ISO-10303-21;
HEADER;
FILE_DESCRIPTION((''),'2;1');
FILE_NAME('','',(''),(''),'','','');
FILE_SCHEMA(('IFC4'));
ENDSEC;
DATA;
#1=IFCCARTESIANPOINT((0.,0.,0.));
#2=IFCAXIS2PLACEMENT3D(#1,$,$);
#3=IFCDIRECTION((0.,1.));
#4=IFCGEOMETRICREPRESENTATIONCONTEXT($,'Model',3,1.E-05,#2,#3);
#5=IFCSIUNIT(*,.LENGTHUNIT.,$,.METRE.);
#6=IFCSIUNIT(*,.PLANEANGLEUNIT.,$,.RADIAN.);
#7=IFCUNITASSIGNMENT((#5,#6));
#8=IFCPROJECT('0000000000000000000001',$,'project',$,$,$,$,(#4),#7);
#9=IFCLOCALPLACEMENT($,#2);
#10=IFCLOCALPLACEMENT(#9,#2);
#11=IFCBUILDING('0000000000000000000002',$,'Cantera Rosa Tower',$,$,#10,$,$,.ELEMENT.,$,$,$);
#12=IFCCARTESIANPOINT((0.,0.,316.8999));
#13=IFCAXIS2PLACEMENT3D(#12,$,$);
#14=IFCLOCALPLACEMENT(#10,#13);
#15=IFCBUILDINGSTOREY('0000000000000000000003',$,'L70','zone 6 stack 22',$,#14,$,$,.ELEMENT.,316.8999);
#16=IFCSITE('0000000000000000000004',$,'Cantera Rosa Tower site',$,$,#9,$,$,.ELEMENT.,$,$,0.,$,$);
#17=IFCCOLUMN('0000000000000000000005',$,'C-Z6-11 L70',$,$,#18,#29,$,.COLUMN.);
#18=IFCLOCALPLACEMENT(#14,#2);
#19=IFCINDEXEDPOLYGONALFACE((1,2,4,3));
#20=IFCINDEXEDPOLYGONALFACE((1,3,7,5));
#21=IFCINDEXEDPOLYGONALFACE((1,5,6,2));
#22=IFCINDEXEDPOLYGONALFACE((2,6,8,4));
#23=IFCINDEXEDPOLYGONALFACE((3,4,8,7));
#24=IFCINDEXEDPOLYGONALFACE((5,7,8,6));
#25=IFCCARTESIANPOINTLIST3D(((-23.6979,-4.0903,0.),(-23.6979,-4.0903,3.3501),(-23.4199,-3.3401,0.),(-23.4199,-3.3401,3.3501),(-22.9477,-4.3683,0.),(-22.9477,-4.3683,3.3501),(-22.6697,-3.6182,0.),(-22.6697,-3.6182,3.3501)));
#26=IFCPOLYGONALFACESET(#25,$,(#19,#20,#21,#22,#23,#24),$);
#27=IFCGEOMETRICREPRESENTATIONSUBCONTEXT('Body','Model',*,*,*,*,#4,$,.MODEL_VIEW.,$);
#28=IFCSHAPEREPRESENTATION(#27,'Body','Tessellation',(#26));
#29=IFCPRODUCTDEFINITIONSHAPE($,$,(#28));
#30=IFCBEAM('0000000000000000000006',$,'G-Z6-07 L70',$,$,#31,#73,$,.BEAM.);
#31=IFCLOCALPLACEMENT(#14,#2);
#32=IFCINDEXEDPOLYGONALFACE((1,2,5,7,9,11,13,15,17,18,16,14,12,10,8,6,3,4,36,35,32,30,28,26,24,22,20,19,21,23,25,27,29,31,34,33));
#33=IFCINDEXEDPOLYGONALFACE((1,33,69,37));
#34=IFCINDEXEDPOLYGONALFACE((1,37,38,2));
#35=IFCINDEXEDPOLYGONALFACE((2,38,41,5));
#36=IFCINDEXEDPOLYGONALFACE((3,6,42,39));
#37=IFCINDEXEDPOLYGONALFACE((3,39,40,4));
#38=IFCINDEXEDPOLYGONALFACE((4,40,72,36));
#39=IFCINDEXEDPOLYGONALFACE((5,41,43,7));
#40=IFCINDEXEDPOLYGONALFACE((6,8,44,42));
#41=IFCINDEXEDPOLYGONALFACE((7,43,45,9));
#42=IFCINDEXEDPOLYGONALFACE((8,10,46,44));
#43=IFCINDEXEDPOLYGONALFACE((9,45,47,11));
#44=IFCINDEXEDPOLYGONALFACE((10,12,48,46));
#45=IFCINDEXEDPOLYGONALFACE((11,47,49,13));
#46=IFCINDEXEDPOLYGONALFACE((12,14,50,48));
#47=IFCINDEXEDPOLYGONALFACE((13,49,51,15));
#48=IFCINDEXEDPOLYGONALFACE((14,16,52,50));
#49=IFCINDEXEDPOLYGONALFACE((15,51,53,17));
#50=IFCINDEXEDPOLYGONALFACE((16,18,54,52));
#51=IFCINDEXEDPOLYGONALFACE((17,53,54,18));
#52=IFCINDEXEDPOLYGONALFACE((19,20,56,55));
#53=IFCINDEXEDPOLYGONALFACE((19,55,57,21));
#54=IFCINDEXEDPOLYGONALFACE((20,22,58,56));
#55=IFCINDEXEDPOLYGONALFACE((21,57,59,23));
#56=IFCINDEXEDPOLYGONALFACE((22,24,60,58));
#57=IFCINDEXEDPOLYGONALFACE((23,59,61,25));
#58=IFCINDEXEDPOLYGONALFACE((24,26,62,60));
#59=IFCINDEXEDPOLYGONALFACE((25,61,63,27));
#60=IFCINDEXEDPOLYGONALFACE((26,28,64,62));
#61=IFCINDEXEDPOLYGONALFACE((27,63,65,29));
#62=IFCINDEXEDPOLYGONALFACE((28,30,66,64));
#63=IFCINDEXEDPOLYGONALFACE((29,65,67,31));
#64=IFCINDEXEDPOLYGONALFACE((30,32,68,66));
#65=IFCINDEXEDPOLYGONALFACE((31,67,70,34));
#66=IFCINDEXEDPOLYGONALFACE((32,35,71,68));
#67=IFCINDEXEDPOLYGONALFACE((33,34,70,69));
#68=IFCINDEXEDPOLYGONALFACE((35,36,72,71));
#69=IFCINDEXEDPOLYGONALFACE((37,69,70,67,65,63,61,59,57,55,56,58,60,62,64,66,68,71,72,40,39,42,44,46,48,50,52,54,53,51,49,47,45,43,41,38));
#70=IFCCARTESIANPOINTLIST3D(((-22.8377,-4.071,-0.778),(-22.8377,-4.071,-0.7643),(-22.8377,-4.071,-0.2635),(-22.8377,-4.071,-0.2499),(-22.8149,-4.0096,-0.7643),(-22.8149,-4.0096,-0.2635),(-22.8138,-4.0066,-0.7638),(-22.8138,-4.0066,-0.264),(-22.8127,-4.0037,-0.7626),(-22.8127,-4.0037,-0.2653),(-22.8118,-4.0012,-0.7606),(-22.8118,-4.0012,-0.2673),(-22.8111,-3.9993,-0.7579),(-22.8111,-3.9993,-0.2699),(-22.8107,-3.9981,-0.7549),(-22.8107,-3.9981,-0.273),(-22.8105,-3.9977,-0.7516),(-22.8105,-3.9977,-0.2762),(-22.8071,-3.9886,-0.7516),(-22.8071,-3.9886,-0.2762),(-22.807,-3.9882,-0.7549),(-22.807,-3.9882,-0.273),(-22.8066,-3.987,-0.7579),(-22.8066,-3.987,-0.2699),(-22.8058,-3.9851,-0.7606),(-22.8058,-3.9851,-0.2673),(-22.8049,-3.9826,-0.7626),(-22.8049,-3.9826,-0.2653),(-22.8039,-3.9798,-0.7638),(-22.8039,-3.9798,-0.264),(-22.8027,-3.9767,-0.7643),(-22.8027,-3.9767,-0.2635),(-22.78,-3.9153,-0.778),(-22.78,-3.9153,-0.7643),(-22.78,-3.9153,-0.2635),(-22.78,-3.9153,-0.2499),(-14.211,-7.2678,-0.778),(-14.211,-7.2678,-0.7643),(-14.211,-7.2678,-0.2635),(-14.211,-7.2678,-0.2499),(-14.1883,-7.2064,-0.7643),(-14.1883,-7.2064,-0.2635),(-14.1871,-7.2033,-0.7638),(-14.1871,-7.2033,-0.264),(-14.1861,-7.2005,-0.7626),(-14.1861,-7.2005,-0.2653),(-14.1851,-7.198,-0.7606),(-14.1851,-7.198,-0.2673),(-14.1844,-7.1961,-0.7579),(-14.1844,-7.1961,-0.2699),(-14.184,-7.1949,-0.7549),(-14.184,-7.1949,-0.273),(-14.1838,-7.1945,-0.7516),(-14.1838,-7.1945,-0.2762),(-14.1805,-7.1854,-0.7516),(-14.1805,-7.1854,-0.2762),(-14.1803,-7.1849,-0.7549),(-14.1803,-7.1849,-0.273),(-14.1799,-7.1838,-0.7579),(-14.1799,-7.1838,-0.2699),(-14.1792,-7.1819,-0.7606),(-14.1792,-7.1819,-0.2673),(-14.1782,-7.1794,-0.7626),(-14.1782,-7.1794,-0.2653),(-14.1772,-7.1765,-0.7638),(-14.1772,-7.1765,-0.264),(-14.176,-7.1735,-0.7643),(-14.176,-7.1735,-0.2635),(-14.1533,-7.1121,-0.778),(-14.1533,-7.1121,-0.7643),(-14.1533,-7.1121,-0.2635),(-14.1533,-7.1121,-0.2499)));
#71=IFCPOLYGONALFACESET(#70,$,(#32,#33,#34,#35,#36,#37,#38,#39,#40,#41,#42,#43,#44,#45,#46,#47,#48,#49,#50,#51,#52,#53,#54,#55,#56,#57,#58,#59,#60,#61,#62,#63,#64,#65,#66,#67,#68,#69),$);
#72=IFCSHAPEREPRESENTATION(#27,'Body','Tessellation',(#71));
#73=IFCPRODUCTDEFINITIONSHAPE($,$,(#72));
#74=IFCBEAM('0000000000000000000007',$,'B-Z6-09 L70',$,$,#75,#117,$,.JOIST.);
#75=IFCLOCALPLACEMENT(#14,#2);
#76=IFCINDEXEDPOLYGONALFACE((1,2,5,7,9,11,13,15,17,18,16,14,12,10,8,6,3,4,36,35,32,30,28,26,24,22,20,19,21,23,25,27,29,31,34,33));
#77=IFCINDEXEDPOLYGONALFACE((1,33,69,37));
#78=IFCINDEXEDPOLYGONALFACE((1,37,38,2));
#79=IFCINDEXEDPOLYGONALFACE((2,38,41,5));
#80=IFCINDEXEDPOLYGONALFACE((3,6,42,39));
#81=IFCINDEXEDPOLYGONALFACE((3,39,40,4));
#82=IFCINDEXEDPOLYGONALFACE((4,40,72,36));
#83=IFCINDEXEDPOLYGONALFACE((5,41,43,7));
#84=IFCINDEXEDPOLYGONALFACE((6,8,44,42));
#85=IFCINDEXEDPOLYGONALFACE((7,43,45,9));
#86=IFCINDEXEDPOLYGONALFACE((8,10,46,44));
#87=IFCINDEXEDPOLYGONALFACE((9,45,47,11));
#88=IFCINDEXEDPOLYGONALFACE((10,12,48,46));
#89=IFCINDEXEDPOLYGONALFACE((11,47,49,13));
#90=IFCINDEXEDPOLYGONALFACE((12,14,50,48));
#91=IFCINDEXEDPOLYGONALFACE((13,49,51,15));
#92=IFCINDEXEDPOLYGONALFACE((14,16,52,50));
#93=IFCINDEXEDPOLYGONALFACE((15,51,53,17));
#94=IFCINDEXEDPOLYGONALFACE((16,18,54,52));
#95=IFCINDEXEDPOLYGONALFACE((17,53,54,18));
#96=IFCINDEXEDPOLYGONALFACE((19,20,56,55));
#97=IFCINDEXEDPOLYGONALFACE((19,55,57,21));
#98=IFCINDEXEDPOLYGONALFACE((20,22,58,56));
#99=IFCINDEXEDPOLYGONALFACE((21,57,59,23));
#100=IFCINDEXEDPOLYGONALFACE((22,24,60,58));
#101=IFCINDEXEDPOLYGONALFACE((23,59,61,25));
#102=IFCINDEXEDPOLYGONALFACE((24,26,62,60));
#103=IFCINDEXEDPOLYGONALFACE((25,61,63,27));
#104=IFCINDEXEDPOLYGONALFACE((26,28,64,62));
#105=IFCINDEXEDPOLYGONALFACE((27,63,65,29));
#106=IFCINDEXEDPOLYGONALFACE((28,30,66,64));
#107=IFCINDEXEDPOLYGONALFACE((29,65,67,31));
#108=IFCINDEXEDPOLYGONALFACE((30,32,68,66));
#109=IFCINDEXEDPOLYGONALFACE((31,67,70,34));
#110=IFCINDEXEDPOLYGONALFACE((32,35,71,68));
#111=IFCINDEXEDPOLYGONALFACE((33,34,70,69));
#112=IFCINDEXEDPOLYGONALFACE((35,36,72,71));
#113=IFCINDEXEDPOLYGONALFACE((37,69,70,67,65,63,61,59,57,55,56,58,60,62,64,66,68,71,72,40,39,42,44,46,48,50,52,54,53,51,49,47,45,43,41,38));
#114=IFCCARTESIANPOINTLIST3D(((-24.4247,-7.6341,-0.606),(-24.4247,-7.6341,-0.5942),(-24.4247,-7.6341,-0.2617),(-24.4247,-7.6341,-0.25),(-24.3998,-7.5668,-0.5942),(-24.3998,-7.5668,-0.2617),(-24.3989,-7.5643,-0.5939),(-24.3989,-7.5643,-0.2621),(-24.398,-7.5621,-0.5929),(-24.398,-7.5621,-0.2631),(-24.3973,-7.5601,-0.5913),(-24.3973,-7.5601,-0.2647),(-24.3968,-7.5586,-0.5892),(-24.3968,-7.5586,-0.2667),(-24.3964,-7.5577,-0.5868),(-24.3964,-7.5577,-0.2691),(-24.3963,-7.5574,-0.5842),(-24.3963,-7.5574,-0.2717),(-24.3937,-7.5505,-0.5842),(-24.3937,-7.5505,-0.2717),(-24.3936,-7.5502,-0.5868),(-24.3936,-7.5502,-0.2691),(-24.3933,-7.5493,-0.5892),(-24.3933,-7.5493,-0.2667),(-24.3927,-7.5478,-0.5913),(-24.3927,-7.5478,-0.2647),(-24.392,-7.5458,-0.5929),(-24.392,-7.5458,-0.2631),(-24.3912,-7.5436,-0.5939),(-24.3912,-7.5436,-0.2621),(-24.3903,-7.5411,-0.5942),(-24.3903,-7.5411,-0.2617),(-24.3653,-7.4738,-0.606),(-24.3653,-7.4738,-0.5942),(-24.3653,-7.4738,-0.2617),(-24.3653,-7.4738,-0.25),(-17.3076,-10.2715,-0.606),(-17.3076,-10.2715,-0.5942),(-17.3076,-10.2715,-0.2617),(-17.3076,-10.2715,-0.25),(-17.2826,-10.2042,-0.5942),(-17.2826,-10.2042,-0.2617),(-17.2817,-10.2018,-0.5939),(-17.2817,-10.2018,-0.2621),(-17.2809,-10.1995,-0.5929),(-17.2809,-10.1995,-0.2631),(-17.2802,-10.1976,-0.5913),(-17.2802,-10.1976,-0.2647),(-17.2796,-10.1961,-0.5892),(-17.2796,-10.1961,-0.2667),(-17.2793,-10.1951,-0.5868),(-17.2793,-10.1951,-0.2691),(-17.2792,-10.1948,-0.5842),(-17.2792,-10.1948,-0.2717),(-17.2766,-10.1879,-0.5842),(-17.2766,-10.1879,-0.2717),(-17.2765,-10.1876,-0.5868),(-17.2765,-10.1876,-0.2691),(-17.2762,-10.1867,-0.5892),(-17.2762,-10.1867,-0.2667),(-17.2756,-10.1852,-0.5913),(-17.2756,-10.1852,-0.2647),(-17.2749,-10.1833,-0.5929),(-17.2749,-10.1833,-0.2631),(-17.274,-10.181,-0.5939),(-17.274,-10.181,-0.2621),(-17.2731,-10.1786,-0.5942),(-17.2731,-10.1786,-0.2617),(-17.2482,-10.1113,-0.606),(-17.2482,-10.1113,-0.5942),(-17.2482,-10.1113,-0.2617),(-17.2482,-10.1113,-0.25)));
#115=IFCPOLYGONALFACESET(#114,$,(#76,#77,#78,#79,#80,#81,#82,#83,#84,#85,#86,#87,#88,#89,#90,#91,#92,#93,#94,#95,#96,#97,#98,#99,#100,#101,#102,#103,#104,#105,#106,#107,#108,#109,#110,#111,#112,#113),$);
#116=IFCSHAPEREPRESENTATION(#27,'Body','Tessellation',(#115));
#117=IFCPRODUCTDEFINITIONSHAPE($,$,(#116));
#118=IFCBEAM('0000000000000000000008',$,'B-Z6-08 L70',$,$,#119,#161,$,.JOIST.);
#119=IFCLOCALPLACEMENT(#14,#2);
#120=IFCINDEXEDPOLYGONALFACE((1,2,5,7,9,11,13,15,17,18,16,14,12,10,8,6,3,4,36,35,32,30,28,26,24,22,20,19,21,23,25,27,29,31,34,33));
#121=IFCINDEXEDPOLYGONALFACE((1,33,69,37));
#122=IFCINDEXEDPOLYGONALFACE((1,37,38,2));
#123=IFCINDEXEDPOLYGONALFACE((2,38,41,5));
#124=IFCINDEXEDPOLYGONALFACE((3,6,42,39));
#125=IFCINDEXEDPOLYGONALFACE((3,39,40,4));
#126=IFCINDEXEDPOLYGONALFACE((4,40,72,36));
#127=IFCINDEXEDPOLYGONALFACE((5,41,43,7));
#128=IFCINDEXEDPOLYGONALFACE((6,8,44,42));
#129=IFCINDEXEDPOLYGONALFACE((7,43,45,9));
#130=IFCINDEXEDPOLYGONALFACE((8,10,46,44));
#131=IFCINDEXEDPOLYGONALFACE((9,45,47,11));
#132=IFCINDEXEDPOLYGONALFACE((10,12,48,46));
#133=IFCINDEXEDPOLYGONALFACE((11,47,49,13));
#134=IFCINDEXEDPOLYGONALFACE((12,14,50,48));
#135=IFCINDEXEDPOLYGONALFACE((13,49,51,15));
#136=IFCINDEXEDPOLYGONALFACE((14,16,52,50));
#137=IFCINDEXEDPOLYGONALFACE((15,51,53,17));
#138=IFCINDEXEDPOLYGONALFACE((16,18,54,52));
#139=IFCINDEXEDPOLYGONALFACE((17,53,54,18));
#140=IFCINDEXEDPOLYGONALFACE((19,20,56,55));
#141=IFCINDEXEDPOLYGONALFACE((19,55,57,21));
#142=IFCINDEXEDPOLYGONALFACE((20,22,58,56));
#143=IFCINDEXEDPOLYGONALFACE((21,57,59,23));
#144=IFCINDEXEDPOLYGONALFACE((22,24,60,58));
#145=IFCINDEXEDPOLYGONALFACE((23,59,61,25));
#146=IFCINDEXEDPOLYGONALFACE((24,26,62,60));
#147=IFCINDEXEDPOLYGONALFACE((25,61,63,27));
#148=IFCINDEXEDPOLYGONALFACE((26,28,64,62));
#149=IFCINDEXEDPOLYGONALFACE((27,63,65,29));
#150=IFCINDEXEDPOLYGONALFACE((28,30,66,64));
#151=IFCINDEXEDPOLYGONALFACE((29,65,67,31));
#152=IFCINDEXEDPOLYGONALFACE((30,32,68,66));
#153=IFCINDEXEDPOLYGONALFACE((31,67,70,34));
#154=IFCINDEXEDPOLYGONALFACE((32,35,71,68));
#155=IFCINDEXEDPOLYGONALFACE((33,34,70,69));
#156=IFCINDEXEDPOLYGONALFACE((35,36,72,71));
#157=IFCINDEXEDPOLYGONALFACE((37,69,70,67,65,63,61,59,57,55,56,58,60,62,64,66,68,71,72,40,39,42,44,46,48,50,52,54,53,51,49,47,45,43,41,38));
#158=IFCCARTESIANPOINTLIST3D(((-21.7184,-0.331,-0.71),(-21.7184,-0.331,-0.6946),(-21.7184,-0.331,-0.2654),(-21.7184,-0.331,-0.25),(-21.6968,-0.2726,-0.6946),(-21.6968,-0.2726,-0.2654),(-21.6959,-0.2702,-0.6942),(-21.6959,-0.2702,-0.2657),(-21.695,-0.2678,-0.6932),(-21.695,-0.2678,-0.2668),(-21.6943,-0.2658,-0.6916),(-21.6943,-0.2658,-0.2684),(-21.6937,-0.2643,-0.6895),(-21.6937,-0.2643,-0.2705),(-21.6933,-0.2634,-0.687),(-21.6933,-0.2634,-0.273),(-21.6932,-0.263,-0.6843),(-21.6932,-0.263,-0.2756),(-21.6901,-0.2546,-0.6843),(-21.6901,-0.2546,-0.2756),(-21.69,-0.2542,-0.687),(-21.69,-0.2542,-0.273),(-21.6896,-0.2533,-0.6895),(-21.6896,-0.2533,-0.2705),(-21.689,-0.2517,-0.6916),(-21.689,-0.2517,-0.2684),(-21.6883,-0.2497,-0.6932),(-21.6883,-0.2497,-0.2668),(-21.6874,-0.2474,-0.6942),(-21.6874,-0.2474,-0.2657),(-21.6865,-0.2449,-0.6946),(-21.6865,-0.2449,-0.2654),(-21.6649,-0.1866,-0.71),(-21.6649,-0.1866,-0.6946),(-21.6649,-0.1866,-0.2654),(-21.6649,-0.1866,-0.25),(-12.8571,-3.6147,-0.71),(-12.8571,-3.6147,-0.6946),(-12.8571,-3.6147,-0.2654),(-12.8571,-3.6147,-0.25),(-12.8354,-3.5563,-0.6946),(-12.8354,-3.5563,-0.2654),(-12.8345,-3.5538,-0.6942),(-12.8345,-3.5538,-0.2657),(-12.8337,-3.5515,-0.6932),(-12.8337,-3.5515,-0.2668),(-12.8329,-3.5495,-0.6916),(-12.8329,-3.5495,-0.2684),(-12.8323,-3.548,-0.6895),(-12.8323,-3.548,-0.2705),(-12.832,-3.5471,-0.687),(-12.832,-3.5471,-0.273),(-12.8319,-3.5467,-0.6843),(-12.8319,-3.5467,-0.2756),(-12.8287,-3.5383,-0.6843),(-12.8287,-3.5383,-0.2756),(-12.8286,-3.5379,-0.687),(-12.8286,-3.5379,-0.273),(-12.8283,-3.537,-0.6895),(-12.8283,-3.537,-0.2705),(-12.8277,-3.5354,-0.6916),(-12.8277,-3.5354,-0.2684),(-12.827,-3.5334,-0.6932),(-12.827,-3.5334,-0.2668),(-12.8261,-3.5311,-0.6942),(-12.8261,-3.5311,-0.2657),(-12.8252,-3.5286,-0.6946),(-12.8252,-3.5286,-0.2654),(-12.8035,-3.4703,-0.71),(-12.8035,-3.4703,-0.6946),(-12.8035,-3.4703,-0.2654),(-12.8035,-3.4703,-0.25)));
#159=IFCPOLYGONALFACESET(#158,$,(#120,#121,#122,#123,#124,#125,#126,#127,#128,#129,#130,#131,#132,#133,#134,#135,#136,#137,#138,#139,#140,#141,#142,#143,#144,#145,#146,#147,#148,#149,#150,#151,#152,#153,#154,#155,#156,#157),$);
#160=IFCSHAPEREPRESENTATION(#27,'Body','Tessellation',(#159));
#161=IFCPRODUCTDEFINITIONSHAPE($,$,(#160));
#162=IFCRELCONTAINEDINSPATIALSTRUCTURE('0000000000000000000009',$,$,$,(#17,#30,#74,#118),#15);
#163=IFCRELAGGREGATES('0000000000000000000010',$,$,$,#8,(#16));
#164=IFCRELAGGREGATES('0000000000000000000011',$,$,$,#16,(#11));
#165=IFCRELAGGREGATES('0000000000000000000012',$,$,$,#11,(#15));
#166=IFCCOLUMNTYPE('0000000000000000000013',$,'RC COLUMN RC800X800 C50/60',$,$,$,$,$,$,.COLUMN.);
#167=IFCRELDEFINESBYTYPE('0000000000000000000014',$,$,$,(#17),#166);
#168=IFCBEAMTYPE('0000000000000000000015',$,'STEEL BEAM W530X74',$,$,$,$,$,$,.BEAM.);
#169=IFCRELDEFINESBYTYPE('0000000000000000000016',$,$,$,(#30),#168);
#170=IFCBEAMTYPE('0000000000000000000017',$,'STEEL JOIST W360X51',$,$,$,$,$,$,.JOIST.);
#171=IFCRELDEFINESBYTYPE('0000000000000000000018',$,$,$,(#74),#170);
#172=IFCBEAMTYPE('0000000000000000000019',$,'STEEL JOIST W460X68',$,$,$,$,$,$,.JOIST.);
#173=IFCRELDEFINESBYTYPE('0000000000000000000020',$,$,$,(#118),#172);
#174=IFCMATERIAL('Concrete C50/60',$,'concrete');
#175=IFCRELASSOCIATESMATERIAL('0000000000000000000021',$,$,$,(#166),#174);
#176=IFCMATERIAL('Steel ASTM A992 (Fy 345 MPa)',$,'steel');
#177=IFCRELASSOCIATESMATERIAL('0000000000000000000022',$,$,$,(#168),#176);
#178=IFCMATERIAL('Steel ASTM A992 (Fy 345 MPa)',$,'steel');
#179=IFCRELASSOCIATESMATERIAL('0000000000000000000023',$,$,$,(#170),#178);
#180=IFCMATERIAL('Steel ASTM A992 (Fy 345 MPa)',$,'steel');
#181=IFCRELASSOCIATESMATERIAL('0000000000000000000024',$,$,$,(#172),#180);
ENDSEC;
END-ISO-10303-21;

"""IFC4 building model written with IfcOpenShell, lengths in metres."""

from ifc_helpers import new_model, si_unit, direction, frame, origin, origin_2d, place, context, subcontext, project, spatial, rectangle, i_section, extrude, material, material_profile, profile_set, type_object, element, save


model = new_model("IFC4")

# Units and contexts
model_context = context("Model", 3, precision=1e-05, world=origin(), true_north=direction((0.0, 1.0)))
body_context = subcontext(model_context, "Body", "Model", "MODEL_VIEW")
ifc_project = project(units=[si_unit("LENGTHUNIT", "METRE"), si_unit("PLANEANGLEUNIT", "RADIAN")], contexts=[model_context])

# Site, building, storey
site_placement = place(None, origin())
site = spatial("IfcSite", under=ifc_project, at=site_placement, Name="Cantera Rosa Tower site", CompositionType="ELEMENT", RefElevation=0.0)
building_placement = place(site_placement, origin())
building = spatial("IfcBuilding", under=site, at=building_placement, Name="Cantera Rosa Tower", CompositionType="ELEMENT")
storey_placement = place(building_placement, frame((0.0, 0.0, 316.8999)))
storey = spatial("IfcBuildingStorey", under=building, at=storey_placement, Name="L70", Description="zone 6 stack 22", CompositionType="ELEMENT", Elevation=316.8999)

# Column
ifc_material_1 = material(Name="Concrete C50/60", Category="concrete")
ifc_material_profile_1 = material_profile(ifc_material_1, rectangle(XDim=0.8, YDim=0.8, at=origin_2d()), Name="RC COLUMN RC800X800 C50/60")
ifc_profile_set_1 = profile_set([ifc_material_profile_1], Name="Concrete C50/60")
column_type = type_object("IfcColumnType", Name="RC COLUMN RC800X800 C50/60", PredefinedType="COLUMN", material=ifc_profile_set_1)
column_placement = place(storey_placement, frame((-23.1838, -3.8542, 0.0), z_axis=(0.0, 0.0, 1.0), x_axis=(0.347481, 0.937687, 0.0)))
element("IfcColumn", 1, at=column_placement, inside=storey, type_object=column_type, Name="C-Z6-11 L70", PredefinedType="COLUMN", context=body_context, shape_type="SweptSolid", body=[
    extrude(rectangle(XDim=0.8, YDim=0.8, at=origin_2d()), origin(), (0.0, 0.0, 1.0), 3.3501),
])

# Beams
ifc_material_2 = material(Name="Steel ASTM A992 (Fy 345 MPa)", Category="steel")
ifc_material_profile_2 = material_profile(ifc_material_2, i_section(OverallWidth=0.166, OverallDepth=0.5281, WebThickness=0.0098, FlangeThickness=0.0137, FilletRadius=0.0127, at=origin_2d()), Name="W530X74")
ifc_profile_set_2 = profile_set([ifc_material_profile_2], Name="Steel ASTM A992 (Fy 345 MPa)")
beam_type_1 = type_object("IfcBeamType", Name="STEEL BEAM W530X74", PredefinedType="BEAM", material=ifc_profile_set_2)
beam_1_placement = place(storey_placement, frame((-22.8088, -3.9932, -0.5139), z_axis=(0.937689, -0.347477, 0.0), x_axis=(0.347477, 0.937689, 0.0)))
element("IfcBeam", 2, at=beam_1_placement, inside=storey, type_object=beam_type_1, Name="G-Z6-07 L70", PredefinedType="BEAM", context=body_context, shape_type="SweptSolid", body=[
    extrude(i_section(OverallWidth=0.166, OverallDepth=0.5281, WebThickness=0.0098, FlangeThickness=0.0137, FilletRadius=0.0127, at=origin_2d()), origin(), (0.0, 0.0, 1.0), 9.2),
])
ifc_material_3 = material(Name="Steel ASTM A992 (Fy 345 MPa)", Category="steel")
ifc_material_profile_3 = material_profile(ifc_material_3, i_section(OverallWidth=0.1709, OverallDepth=0.356, WebThickness=0.0073, FlangeThickness=0.0117, FilletRadius=0.01, at=origin_2d()), Name="W360X51")
ifc_profile_set_3 = profile_set([ifc_material_profile_3], Name="Steel ASTM A992 (Fy 345 MPa)")
beam_type_2 = type_object("IfcBeamType", Name="STEEL JOIST W360X51", PredefinedType="JOIST", material=ifc_profile_set_3)
beam_2_placement = place(storey_placement, frame((-24.395, -7.554, -0.428), z_axis=(0.937686, -0.347483, 0.0), x_axis=(0.347483, 0.937686, 0.0)))
element("IfcBeam", 3, at=beam_2_placement, inside=storey, type_object=beam_type_2, Name="B-Z6-09 L70", PredefinedType="JOIST", context=body_context, shape_type="SweptSolid", body=[
    extrude(i_section(OverallWidth=0.1709, OverallDepth=0.356, WebThickness=0.0073, FlangeThickness=0.0117, FilletRadius=0.01, at=origin_2d()), origin(), (0.0, 0.0, 1.0), 7.5901),
])
ifc_material_4 = material(Name="Steel ASTM A992 (Fy 345 MPa)", Category="steel")
ifc_material_profile_4 = material_profile(ifc_material_4, i_section(OverallWidth=0.1541, OverallDepth=0.46, WebThickness=0.009, FlangeThickness=0.0154, FilletRadius=0.0103, at=origin_2d()), Name="W460X68")
ifc_profile_set_4 = profile_set([ifc_material_profile_4], Name="Steel ASTM A992 (Fy 345 MPa)")
beam_type_3 = type_object("IfcBeamType", Name="STEEL JOIST W460X68", PredefinedType="JOIST", material=ifc_profile_set_4)
beam_3_placement = place(storey_placement, frame((-21.6917, -0.2588, -0.48), z_axis=(0.93769, -0.347474, 0.0), x_axis=(0.347474, 0.93769, 0.0)))
element("IfcBeam", 4, at=beam_3_placement, inside=storey, type_object=beam_type_3, Name="B-Z6-08 L70", PredefinedType="JOIST", context=body_context, shape_type="SweptSolid", body=[
    extrude(i_section(OverallWidth=0.1541, OverallDepth=0.46, WebThickness=0.009, FlangeThickness=0.0154, FilletRadius=0.0103, at=origin_2d()), origin(), (0.0, 0.0, 1.0), 9.4502),
])

save(model, "model.ifc")
